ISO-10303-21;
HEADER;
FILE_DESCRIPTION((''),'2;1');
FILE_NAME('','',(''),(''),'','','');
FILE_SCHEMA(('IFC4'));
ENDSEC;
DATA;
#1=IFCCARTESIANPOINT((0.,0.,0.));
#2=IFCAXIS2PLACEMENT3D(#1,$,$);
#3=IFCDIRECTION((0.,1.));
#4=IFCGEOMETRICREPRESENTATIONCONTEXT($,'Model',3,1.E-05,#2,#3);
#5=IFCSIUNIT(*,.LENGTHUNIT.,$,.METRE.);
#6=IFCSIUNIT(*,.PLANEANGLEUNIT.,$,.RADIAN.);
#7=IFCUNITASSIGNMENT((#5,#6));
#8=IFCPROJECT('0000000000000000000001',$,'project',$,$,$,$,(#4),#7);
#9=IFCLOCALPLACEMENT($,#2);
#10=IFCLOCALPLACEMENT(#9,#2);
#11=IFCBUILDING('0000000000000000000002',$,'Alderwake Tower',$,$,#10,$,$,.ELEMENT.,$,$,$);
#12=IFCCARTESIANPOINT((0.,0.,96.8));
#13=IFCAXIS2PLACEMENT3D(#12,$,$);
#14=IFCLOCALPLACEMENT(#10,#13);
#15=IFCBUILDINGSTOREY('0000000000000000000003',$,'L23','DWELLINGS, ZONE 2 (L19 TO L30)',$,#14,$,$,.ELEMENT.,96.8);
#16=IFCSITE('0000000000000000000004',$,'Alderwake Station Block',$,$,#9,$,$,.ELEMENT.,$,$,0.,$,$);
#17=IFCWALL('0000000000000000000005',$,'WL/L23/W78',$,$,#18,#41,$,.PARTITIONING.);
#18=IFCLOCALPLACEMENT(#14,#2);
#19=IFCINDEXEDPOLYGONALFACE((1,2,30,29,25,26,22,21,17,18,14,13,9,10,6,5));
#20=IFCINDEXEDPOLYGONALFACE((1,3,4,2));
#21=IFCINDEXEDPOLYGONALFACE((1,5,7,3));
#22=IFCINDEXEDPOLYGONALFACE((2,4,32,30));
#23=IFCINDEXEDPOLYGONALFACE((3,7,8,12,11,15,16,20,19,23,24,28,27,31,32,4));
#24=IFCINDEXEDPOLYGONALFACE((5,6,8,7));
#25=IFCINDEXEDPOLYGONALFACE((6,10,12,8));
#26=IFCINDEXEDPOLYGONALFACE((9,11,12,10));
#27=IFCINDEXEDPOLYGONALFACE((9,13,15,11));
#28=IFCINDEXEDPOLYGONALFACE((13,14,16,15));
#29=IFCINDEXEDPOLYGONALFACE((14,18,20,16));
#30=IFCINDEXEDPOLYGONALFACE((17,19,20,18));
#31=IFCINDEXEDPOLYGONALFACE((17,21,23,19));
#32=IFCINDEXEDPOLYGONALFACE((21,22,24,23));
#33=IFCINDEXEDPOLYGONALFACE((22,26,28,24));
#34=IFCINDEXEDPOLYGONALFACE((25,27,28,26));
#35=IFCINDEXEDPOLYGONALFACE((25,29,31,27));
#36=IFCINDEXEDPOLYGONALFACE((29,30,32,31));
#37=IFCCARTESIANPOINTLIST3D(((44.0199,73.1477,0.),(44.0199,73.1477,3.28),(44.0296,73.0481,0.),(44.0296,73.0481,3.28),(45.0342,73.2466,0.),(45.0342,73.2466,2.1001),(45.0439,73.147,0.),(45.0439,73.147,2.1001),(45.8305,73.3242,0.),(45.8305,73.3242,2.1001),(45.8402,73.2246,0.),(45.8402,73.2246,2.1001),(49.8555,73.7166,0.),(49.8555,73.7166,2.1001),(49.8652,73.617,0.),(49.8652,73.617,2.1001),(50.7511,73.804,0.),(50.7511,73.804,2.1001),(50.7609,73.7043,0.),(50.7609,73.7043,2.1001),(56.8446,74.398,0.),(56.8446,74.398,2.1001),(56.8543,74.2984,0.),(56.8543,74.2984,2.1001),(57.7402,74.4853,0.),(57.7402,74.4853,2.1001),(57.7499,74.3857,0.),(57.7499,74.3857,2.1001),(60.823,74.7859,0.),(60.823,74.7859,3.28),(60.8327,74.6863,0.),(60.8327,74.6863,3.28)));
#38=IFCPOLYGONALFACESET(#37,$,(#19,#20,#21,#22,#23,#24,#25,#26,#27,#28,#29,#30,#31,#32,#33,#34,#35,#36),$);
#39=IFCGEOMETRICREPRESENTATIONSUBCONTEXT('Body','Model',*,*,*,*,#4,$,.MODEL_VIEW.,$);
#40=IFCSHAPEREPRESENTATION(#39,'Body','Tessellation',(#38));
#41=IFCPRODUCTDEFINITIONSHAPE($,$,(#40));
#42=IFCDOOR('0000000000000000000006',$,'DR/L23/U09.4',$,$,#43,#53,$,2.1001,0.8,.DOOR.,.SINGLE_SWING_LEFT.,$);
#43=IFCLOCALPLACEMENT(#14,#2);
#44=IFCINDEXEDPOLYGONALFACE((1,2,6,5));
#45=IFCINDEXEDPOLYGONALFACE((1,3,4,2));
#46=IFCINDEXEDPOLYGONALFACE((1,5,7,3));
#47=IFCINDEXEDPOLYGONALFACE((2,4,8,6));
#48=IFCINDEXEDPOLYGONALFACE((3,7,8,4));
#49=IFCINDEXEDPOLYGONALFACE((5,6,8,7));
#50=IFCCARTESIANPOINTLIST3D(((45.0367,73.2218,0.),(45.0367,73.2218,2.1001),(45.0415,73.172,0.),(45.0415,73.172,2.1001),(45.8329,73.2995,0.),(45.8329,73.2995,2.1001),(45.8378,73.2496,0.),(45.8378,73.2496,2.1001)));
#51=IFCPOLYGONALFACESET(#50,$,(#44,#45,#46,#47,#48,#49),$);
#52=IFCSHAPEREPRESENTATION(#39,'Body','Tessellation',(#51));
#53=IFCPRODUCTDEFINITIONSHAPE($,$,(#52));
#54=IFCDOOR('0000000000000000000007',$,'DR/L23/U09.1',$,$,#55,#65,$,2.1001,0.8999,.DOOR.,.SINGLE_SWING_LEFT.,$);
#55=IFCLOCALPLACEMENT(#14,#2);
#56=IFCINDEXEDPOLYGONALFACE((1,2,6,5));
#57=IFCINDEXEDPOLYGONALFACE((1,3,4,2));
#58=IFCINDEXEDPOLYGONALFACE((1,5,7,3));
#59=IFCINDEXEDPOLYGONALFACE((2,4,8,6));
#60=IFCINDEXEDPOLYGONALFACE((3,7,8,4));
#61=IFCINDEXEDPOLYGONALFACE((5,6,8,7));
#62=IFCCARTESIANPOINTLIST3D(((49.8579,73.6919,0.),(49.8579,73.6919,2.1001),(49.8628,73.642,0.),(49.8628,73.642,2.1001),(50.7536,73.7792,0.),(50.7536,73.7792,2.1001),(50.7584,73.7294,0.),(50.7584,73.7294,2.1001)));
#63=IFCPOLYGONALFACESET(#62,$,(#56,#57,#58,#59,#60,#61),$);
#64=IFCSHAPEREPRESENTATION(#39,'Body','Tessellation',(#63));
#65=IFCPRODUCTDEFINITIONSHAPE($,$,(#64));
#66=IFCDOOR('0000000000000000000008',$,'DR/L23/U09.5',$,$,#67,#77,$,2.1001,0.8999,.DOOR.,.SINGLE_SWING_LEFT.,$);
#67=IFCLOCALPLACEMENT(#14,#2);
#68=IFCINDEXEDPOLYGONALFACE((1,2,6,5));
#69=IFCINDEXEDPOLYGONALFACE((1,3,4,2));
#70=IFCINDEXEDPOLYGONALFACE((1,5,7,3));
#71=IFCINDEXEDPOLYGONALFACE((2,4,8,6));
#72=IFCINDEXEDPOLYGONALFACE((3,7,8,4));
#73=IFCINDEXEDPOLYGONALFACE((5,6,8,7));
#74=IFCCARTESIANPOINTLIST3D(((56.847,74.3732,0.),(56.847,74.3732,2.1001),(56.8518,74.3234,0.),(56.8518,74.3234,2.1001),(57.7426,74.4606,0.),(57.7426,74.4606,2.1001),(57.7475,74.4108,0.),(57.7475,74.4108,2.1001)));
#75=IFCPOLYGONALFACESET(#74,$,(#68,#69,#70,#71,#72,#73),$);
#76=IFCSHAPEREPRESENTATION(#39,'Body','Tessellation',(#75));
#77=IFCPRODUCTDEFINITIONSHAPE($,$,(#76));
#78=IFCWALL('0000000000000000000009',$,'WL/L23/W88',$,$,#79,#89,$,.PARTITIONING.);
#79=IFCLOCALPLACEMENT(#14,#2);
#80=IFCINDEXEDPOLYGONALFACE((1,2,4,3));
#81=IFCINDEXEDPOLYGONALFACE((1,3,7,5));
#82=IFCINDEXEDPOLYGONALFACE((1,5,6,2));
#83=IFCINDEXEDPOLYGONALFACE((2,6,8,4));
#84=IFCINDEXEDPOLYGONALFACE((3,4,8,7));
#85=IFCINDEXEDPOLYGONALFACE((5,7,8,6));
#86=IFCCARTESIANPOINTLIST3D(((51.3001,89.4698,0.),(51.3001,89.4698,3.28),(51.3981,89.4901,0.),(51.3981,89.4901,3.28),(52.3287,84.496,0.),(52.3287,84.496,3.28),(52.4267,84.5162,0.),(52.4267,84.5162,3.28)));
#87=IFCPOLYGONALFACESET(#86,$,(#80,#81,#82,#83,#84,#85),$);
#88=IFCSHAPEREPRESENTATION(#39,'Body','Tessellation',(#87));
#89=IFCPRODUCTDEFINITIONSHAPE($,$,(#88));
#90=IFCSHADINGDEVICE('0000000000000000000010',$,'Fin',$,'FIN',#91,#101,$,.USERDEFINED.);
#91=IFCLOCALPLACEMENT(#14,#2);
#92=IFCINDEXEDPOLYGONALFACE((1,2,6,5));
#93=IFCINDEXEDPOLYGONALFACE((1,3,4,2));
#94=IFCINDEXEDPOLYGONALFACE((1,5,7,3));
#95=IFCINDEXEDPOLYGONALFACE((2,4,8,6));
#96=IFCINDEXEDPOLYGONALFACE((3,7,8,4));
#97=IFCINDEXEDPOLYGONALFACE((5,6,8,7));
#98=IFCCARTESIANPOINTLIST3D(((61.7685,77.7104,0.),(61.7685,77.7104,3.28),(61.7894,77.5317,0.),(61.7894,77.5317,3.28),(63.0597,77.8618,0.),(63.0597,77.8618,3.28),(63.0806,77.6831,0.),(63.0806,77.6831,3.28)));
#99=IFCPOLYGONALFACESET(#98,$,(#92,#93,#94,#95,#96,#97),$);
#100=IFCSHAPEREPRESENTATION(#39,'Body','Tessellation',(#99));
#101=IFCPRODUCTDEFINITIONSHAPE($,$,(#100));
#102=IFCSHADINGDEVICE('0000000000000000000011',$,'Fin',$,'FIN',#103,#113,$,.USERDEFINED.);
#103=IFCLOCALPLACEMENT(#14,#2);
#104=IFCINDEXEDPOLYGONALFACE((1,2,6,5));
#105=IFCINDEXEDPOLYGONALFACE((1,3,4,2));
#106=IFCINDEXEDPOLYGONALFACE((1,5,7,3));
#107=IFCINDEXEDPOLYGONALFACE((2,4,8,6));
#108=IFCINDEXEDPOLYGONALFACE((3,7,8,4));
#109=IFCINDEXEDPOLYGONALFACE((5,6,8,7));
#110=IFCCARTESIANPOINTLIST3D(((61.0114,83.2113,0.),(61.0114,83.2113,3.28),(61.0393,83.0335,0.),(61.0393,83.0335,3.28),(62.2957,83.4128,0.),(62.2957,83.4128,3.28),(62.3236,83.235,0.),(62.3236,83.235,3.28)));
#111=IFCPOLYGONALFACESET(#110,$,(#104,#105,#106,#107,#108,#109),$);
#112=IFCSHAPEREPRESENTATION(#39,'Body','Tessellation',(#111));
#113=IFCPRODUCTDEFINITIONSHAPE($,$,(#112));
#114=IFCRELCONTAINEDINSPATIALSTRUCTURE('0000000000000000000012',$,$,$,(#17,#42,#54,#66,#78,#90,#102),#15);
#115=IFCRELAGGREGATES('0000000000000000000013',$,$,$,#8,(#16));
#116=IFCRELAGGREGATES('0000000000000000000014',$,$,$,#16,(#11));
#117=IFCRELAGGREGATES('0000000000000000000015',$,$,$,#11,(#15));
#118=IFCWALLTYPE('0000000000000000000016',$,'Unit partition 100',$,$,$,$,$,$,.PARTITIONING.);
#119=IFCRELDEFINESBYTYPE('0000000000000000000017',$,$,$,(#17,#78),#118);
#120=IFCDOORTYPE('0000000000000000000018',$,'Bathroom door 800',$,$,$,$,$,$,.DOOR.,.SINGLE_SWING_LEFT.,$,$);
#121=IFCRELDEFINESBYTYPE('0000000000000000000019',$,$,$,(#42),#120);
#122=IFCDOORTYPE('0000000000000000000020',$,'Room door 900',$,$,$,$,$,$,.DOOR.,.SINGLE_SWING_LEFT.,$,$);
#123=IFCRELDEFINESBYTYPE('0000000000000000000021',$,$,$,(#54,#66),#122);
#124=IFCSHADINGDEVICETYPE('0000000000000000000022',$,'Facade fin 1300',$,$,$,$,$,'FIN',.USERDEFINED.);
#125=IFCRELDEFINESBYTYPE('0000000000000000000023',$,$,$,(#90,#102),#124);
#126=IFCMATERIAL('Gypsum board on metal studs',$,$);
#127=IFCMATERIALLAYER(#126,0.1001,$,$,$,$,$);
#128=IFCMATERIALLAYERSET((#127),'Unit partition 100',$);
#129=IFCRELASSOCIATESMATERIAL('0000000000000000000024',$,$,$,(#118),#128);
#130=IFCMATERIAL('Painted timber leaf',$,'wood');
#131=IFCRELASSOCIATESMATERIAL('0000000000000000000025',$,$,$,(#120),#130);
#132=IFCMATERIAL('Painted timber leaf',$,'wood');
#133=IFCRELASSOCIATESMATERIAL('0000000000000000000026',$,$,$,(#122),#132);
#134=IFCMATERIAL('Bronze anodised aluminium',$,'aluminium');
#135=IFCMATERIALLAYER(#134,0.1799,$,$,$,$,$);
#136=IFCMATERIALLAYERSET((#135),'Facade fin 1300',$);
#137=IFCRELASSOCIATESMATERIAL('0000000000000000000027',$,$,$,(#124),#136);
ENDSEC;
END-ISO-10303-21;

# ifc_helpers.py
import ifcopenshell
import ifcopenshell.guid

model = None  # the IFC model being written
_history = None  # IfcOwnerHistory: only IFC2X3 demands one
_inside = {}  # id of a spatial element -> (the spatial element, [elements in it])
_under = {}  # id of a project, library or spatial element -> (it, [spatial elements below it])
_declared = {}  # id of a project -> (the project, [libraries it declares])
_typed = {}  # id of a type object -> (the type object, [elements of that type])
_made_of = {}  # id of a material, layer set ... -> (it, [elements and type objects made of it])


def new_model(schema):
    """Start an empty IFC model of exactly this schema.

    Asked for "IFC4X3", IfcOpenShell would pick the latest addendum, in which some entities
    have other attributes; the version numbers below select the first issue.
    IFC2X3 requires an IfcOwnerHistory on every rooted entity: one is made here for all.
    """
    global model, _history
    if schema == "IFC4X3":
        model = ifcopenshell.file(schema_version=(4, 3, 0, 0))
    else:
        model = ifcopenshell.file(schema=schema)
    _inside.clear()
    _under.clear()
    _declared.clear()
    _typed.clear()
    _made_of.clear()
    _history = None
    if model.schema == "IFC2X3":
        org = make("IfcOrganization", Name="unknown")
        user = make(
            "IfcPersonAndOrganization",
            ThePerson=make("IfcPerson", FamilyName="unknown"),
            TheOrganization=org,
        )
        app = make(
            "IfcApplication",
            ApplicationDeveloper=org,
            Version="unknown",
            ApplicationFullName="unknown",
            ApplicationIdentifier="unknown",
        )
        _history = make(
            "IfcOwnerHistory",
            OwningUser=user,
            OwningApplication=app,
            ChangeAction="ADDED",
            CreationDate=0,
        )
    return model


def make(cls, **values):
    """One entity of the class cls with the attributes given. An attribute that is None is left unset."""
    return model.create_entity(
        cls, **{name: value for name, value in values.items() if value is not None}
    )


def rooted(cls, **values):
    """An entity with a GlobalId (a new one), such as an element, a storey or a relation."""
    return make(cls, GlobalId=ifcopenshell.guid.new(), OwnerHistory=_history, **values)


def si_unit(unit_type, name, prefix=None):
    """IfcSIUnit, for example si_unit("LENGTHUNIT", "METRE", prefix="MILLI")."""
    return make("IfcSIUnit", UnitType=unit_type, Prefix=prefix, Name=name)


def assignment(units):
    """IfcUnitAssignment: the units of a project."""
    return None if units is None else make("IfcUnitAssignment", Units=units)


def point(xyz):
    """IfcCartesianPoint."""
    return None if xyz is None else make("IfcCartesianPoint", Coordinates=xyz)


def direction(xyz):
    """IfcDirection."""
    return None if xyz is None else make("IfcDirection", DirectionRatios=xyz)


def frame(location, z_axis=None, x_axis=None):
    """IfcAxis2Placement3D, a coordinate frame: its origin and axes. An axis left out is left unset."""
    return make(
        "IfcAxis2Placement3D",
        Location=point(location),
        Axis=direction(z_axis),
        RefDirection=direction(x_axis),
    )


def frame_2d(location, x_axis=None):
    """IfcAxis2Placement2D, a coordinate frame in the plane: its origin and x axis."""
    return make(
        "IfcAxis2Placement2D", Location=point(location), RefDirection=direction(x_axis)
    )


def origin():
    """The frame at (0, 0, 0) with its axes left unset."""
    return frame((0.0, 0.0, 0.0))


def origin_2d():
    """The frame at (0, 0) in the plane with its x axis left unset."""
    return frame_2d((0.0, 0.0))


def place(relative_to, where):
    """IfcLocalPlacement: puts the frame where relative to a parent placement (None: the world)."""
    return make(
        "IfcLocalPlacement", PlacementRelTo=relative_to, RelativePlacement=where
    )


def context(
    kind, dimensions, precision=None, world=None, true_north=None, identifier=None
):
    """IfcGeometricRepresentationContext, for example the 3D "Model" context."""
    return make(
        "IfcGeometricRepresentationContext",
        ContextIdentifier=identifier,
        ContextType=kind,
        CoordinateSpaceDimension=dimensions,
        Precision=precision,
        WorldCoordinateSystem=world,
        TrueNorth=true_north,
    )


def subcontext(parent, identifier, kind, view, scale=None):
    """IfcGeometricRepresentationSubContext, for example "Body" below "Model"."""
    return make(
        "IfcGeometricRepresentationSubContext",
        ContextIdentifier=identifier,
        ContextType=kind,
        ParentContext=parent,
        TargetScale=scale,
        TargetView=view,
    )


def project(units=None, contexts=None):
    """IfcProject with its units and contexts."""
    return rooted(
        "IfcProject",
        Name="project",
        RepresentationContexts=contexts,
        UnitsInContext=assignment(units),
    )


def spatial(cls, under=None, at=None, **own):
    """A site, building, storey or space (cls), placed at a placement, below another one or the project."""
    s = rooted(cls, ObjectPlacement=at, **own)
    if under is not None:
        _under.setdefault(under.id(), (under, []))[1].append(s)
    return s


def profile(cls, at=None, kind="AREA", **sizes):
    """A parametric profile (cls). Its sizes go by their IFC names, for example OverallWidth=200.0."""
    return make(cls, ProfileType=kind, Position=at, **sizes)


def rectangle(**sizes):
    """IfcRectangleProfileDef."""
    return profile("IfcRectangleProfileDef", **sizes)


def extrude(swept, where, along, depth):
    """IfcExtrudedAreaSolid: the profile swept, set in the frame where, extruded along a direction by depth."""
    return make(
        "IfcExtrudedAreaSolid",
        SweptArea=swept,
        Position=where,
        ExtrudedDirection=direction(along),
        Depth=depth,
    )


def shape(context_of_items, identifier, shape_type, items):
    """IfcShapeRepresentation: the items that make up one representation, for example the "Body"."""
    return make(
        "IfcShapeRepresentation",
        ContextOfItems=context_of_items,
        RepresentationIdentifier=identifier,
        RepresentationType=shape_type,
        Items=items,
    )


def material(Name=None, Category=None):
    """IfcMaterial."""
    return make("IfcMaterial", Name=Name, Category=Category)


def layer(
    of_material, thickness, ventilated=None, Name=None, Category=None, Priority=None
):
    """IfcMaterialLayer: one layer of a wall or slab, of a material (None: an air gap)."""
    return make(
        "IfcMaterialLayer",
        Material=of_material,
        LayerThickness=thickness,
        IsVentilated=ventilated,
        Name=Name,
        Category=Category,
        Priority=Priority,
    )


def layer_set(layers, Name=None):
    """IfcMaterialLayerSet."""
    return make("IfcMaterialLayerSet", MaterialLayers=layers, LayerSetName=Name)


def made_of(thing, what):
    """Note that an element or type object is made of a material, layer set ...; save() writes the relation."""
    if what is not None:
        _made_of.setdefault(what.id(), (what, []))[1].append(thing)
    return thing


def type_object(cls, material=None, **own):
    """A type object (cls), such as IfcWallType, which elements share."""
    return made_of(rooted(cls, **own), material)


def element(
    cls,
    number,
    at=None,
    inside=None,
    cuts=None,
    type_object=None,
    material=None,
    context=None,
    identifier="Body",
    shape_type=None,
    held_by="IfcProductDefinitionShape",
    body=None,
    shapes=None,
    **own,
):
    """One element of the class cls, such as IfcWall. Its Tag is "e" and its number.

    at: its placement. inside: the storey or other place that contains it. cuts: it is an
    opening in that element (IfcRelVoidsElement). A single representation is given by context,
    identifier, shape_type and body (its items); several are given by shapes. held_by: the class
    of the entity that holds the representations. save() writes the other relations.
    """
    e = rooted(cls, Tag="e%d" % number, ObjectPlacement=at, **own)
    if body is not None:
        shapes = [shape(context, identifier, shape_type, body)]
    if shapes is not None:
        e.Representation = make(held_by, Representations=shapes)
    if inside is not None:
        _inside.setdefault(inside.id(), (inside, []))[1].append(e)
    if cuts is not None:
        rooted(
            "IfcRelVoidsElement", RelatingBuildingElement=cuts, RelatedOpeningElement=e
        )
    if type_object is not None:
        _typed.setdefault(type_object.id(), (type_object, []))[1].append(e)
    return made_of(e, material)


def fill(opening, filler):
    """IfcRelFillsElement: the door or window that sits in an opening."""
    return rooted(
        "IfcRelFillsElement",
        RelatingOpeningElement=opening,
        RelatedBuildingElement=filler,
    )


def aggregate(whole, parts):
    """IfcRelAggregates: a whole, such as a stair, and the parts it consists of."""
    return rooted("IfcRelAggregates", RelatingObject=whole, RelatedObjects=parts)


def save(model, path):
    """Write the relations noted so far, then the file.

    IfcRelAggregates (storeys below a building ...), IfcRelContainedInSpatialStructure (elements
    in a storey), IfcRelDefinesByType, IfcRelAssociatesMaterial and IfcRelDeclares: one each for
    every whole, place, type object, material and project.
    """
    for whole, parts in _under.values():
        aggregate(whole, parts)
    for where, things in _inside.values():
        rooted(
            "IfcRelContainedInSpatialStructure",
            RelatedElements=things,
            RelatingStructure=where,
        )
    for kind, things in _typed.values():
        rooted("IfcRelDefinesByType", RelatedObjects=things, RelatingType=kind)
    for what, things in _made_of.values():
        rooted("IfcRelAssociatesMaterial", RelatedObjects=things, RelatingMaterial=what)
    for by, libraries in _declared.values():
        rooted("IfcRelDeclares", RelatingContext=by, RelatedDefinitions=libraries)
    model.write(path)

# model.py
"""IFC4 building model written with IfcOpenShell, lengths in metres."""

from ifc_helpers import new_model, si_unit, direction, frame, frame_2d, origin, origin_2d, place, context, subcontext, project, spatial, rectangle, extrude, material, layer, layer_set, type_object, element, fill, save


model = new_model("IFC4")

# Units and contexts
model_context = context("Model", 3, precision=1e-05, world=origin(), true_north=direction((0.0, 1.0)))
body_context = subcontext(model_context, "Body", "Model", "MODEL_VIEW")
ifc_project = project(units=[si_unit("LENGTHUNIT", "METRE"), si_unit("PLANEANGLEUNIT", "RADIAN")], contexts=[model_context])

# Site, building, storey
site_placement = place(None, origin())
site = spatial("IfcSite", under=ifc_project, at=site_placement, Name="Alderwake Station Block", CompositionType="ELEMENT", RefElevation=0.0)
building_placement = place(site_placement, origin())
building = spatial("IfcBuilding", under=site, at=building_placement, Name="Alderwake Tower", CompositionType="ELEMENT")
storey_placement = place(building_placement, frame((0.0, 0.0, 96.8)))
storey = spatial("IfcBuildingStorey", under=building, at=storey_placement, Name="L23", Description="DWELLINGS, ZONE 2 (L19 TO L30)", CompositionType="ELEMENT", Elevation=96.8)

# Wall, openings, doors
ifc_material_1 = material(Name="Gypsum board on metal studs")
ifc_layer_1 = layer(ifc_material_1, 0.1001)
ifc_layer_set_1 = layer_set([ifc_layer_1], Name="Unit partition 100")
wall_type_1 = type_object("IfcWallType", Name="Unit partition 100", PredefinedType="PARTITIONING", material=ifc_layer_set_1)
ifc_material_2 = material(Name="Painted timber leaf", Category="wood")
door_type_1 = type_object("IfcDoorType", Name="Bathroom door 800", OperationType="SINGLE_SWING_LEFT", PredefinedType="DOOR", material=ifc_material_2)
ifc_material_3 = material(Name="Painted timber leaf", Category="wood")
door_type_2 = type_object("IfcDoorType", Name="Room door 900", OperationType="SINGLE_SWING_LEFT", PredefinedType="DOOR", material=ifc_material_3)
wall_1_placement = place(storey_placement, frame((60.8279, 74.7361, 0.0), z_axis=(0.0, 0.0, 1.0), x_axis=(-0.995281, -0.097032, 0.0)))
wall_1 = element("IfcWall", 1, at=wall_1_placement, inside=storey, type_object=wall_type_1, Name="WL/L23/W78", PredefinedType="PARTITIONING", context=body_context, shape_type="SweptSolid", body=[
    extrude(rectangle(XDim=16.8828, YDim=0.1001, at=frame_2d((8.4414, 0.0))), origin(), (0.0, 0.0, 1.0), 3.28),
])
opening_1_placement = place(wall_1_placement, frame((10.1196, 0.0, 0.0)))
opening_1 = element("IfcOpeningElement", 2, at=opening_1_placement, cuts=wall_1, PredefinedType="OPENING", context=body_context, shape_type="SweptSolid", body=[
    extrude(rectangle(XDim=0.8999, YDim=2.1001, at=frame_2d((0.45, 1.05))), frame((0.0, 0.0601, 0.0), z_axis=(0.0, -1.0, 0.0), x_axis=(1.0, 0.0, 0.0)), (0.0, 0.0, 1.0), 0.1201),
])
opening_2_placement = place(wall_1_placement, frame((15.0637, 0.0, 0.0)))
opening_2 = element("IfcOpeningElement", 3, at=opening_2_placement, cuts=wall_1, PredefinedType="OPENING", context=body_context, shape_type="SweptSolid", body=[
    extrude(rectangle(XDim=0.8, YDim=2.1001, at=frame_2d((0.3999, 1.05))), frame((0.0, 0.0601, 0.0), z_axis=(0.0, -1.0, 0.0), x_axis=(1.0, 0.0, 0.0)), (0.0, 0.0, 1.0), 0.1201),
])
opening_3_placement = place(wall_1_placement, frame((3.0974, 0.0, 0.0)))
opening_3 = element("IfcOpeningElement", 4, at=opening_3_placement, cuts=wall_1, PredefinedType="OPENING", context=body_context, shape_type="SweptSolid", body=[
    extrude(rectangle(XDim=0.8999, YDim=2.1001, at=frame_2d((0.45, 1.05))), frame((0.0, 0.0601, 0.0), z_axis=(0.0, -1.0, 0.0), x_axis=(1.0, 0.0, 0.0)), (0.0, 0.0, 1.0), 0.1201),
])
door_1_placement = place(opening_2_placement, origin())
door_1 = element("IfcDoor", 5, at=door_1_placement, inside=storey, type_object=door_type_1, Name="DR/L23/U09.4", OperationType="SINGLE_SWING_LEFT", OverallHeight=2.1001, OverallWidth=0.8, PredefinedType="DOOR", context=body_context, shape_type="SweptSolid", body=[
    extrude(rectangle(XDim=0.8, YDim=2.1001, at=frame_2d((0.3999, 1.05))), frame((0.0, 0.0249, 0.0), z_axis=(0.0, -1.0, 0.0), x_axis=(1.0, 0.0, 0.0)), (0.0, 0.0, 1.0), 0.05),
])
fill(opening_2, door_1)
door_2_placement = place(opening_1_placement, origin())
door_2 = element("IfcDoor", 6, at=door_2_placement, inside=storey, type_object=door_type_2, Name="DR/L23/U09.1", OperationType="SINGLE_SWING_LEFT", OverallHeight=2.1001, OverallWidth=0.8999, PredefinedType="DOOR", context=body_context, shape_type="SweptSolid", body=[
    extrude(rectangle(XDim=0.8999, YDim=2.1001, at=frame_2d((0.45, 1.05))), frame((0.0, 0.0249, 0.0), z_axis=(0.0, -1.0, 0.0), x_axis=(1.0, 0.0, 0.0)), (0.0, 0.0, 1.0), 0.05),
])
fill(opening_1, door_2)
door_3_placement = place(opening_3_placement, origin())
door_3 = element("IfcDoor", 7, at=door_3_placement, inside=storey, type_object=door_type_2, Name="DR/L23/U09.5", OperationType="SINGLE_SWING_LEFT", OverallHeight=2.1001, OverallWidth=0.8999, PredefinedType="DOOR", context=body_context, shape_type="SweptSolid", body=[
    extrude(rectangle(XDim=0.8999, YDim=2.1001, at=frame_2d((0.45, 1.05))), frame((0.0, 0.0249, 0.0), z_axis=(0.0, -1.0, 0.0), x_axis=(1.0, 0.0, 0.0)), (0.0, 0.0, 1.0), 0.05),
])
fill(opening_3, door_3)

# Wall
wall_2_placement = place(storey_placement, frame((52.3777, 84.5061, 0.0), z_axis=(0.0, 0.0, 1.0), x_axis=(-0.202509, 0.97928, 0.0)))
element("IfcWall", 8, at=wall_2_placement, inside=storey, type_object=wall_type_1, Name="WL/L23/W88", PredefinedType="PARTITIONING", context=body_context, shape_type="SweptSolid", body=[
    extrude(rectangle(XDim=5.0791, YDim=0.1001, at=frame_2d((2.5396, 0.0))), origin(), (0.0, 0.0, 1.0), 3.28),
])

# Shading devices
ifc_material_4 = material(Name="Bronze anodised aluminium", Category="aluminium")
ifc_layer_2 = layer(ifc_material_4, 0.1799)
ifc_layer_set_2 = layer_set([ifc_layer_2], Name="Facade fin 1300")
shading_device_type = type_object("IfcShadingDeviceType", Name="Facade fin 1300", ElementType="FIN", PredefinedType="USERDEFINED", material=ifc_layer_set_2)
for number, where, z_axis, x_axis, name in (
    (9, (62.4246, 77.6968, 0.0), (0.0, 0.0, 1.0), (0.993198, 0.116435, 0.0), "Fin"),
    (10, (61.6675, 83.2231, 0.0), (0.0, 0.0, 1.0), (0.987919, 0.154972, 0.0), "Fin"),
):
    element("IfcShadingDevice", number, at=place(storey_placement, frame(where, z_axis=z_axis, x_axis=x_axis)), inside=storey, type_object=shading_device_type, Name=name, ObjectType="FIN", PredefinedType="USERDEFINED", context=body_context, shape_type="SweptSolid", body=[
        extrude(rectangle(XDim=1.3, YDim=0.1799, at=origin_2d()), origin(), (0.0, 0.0, 1.0), 3.28),
    ])

save(model, "model.ifc")
